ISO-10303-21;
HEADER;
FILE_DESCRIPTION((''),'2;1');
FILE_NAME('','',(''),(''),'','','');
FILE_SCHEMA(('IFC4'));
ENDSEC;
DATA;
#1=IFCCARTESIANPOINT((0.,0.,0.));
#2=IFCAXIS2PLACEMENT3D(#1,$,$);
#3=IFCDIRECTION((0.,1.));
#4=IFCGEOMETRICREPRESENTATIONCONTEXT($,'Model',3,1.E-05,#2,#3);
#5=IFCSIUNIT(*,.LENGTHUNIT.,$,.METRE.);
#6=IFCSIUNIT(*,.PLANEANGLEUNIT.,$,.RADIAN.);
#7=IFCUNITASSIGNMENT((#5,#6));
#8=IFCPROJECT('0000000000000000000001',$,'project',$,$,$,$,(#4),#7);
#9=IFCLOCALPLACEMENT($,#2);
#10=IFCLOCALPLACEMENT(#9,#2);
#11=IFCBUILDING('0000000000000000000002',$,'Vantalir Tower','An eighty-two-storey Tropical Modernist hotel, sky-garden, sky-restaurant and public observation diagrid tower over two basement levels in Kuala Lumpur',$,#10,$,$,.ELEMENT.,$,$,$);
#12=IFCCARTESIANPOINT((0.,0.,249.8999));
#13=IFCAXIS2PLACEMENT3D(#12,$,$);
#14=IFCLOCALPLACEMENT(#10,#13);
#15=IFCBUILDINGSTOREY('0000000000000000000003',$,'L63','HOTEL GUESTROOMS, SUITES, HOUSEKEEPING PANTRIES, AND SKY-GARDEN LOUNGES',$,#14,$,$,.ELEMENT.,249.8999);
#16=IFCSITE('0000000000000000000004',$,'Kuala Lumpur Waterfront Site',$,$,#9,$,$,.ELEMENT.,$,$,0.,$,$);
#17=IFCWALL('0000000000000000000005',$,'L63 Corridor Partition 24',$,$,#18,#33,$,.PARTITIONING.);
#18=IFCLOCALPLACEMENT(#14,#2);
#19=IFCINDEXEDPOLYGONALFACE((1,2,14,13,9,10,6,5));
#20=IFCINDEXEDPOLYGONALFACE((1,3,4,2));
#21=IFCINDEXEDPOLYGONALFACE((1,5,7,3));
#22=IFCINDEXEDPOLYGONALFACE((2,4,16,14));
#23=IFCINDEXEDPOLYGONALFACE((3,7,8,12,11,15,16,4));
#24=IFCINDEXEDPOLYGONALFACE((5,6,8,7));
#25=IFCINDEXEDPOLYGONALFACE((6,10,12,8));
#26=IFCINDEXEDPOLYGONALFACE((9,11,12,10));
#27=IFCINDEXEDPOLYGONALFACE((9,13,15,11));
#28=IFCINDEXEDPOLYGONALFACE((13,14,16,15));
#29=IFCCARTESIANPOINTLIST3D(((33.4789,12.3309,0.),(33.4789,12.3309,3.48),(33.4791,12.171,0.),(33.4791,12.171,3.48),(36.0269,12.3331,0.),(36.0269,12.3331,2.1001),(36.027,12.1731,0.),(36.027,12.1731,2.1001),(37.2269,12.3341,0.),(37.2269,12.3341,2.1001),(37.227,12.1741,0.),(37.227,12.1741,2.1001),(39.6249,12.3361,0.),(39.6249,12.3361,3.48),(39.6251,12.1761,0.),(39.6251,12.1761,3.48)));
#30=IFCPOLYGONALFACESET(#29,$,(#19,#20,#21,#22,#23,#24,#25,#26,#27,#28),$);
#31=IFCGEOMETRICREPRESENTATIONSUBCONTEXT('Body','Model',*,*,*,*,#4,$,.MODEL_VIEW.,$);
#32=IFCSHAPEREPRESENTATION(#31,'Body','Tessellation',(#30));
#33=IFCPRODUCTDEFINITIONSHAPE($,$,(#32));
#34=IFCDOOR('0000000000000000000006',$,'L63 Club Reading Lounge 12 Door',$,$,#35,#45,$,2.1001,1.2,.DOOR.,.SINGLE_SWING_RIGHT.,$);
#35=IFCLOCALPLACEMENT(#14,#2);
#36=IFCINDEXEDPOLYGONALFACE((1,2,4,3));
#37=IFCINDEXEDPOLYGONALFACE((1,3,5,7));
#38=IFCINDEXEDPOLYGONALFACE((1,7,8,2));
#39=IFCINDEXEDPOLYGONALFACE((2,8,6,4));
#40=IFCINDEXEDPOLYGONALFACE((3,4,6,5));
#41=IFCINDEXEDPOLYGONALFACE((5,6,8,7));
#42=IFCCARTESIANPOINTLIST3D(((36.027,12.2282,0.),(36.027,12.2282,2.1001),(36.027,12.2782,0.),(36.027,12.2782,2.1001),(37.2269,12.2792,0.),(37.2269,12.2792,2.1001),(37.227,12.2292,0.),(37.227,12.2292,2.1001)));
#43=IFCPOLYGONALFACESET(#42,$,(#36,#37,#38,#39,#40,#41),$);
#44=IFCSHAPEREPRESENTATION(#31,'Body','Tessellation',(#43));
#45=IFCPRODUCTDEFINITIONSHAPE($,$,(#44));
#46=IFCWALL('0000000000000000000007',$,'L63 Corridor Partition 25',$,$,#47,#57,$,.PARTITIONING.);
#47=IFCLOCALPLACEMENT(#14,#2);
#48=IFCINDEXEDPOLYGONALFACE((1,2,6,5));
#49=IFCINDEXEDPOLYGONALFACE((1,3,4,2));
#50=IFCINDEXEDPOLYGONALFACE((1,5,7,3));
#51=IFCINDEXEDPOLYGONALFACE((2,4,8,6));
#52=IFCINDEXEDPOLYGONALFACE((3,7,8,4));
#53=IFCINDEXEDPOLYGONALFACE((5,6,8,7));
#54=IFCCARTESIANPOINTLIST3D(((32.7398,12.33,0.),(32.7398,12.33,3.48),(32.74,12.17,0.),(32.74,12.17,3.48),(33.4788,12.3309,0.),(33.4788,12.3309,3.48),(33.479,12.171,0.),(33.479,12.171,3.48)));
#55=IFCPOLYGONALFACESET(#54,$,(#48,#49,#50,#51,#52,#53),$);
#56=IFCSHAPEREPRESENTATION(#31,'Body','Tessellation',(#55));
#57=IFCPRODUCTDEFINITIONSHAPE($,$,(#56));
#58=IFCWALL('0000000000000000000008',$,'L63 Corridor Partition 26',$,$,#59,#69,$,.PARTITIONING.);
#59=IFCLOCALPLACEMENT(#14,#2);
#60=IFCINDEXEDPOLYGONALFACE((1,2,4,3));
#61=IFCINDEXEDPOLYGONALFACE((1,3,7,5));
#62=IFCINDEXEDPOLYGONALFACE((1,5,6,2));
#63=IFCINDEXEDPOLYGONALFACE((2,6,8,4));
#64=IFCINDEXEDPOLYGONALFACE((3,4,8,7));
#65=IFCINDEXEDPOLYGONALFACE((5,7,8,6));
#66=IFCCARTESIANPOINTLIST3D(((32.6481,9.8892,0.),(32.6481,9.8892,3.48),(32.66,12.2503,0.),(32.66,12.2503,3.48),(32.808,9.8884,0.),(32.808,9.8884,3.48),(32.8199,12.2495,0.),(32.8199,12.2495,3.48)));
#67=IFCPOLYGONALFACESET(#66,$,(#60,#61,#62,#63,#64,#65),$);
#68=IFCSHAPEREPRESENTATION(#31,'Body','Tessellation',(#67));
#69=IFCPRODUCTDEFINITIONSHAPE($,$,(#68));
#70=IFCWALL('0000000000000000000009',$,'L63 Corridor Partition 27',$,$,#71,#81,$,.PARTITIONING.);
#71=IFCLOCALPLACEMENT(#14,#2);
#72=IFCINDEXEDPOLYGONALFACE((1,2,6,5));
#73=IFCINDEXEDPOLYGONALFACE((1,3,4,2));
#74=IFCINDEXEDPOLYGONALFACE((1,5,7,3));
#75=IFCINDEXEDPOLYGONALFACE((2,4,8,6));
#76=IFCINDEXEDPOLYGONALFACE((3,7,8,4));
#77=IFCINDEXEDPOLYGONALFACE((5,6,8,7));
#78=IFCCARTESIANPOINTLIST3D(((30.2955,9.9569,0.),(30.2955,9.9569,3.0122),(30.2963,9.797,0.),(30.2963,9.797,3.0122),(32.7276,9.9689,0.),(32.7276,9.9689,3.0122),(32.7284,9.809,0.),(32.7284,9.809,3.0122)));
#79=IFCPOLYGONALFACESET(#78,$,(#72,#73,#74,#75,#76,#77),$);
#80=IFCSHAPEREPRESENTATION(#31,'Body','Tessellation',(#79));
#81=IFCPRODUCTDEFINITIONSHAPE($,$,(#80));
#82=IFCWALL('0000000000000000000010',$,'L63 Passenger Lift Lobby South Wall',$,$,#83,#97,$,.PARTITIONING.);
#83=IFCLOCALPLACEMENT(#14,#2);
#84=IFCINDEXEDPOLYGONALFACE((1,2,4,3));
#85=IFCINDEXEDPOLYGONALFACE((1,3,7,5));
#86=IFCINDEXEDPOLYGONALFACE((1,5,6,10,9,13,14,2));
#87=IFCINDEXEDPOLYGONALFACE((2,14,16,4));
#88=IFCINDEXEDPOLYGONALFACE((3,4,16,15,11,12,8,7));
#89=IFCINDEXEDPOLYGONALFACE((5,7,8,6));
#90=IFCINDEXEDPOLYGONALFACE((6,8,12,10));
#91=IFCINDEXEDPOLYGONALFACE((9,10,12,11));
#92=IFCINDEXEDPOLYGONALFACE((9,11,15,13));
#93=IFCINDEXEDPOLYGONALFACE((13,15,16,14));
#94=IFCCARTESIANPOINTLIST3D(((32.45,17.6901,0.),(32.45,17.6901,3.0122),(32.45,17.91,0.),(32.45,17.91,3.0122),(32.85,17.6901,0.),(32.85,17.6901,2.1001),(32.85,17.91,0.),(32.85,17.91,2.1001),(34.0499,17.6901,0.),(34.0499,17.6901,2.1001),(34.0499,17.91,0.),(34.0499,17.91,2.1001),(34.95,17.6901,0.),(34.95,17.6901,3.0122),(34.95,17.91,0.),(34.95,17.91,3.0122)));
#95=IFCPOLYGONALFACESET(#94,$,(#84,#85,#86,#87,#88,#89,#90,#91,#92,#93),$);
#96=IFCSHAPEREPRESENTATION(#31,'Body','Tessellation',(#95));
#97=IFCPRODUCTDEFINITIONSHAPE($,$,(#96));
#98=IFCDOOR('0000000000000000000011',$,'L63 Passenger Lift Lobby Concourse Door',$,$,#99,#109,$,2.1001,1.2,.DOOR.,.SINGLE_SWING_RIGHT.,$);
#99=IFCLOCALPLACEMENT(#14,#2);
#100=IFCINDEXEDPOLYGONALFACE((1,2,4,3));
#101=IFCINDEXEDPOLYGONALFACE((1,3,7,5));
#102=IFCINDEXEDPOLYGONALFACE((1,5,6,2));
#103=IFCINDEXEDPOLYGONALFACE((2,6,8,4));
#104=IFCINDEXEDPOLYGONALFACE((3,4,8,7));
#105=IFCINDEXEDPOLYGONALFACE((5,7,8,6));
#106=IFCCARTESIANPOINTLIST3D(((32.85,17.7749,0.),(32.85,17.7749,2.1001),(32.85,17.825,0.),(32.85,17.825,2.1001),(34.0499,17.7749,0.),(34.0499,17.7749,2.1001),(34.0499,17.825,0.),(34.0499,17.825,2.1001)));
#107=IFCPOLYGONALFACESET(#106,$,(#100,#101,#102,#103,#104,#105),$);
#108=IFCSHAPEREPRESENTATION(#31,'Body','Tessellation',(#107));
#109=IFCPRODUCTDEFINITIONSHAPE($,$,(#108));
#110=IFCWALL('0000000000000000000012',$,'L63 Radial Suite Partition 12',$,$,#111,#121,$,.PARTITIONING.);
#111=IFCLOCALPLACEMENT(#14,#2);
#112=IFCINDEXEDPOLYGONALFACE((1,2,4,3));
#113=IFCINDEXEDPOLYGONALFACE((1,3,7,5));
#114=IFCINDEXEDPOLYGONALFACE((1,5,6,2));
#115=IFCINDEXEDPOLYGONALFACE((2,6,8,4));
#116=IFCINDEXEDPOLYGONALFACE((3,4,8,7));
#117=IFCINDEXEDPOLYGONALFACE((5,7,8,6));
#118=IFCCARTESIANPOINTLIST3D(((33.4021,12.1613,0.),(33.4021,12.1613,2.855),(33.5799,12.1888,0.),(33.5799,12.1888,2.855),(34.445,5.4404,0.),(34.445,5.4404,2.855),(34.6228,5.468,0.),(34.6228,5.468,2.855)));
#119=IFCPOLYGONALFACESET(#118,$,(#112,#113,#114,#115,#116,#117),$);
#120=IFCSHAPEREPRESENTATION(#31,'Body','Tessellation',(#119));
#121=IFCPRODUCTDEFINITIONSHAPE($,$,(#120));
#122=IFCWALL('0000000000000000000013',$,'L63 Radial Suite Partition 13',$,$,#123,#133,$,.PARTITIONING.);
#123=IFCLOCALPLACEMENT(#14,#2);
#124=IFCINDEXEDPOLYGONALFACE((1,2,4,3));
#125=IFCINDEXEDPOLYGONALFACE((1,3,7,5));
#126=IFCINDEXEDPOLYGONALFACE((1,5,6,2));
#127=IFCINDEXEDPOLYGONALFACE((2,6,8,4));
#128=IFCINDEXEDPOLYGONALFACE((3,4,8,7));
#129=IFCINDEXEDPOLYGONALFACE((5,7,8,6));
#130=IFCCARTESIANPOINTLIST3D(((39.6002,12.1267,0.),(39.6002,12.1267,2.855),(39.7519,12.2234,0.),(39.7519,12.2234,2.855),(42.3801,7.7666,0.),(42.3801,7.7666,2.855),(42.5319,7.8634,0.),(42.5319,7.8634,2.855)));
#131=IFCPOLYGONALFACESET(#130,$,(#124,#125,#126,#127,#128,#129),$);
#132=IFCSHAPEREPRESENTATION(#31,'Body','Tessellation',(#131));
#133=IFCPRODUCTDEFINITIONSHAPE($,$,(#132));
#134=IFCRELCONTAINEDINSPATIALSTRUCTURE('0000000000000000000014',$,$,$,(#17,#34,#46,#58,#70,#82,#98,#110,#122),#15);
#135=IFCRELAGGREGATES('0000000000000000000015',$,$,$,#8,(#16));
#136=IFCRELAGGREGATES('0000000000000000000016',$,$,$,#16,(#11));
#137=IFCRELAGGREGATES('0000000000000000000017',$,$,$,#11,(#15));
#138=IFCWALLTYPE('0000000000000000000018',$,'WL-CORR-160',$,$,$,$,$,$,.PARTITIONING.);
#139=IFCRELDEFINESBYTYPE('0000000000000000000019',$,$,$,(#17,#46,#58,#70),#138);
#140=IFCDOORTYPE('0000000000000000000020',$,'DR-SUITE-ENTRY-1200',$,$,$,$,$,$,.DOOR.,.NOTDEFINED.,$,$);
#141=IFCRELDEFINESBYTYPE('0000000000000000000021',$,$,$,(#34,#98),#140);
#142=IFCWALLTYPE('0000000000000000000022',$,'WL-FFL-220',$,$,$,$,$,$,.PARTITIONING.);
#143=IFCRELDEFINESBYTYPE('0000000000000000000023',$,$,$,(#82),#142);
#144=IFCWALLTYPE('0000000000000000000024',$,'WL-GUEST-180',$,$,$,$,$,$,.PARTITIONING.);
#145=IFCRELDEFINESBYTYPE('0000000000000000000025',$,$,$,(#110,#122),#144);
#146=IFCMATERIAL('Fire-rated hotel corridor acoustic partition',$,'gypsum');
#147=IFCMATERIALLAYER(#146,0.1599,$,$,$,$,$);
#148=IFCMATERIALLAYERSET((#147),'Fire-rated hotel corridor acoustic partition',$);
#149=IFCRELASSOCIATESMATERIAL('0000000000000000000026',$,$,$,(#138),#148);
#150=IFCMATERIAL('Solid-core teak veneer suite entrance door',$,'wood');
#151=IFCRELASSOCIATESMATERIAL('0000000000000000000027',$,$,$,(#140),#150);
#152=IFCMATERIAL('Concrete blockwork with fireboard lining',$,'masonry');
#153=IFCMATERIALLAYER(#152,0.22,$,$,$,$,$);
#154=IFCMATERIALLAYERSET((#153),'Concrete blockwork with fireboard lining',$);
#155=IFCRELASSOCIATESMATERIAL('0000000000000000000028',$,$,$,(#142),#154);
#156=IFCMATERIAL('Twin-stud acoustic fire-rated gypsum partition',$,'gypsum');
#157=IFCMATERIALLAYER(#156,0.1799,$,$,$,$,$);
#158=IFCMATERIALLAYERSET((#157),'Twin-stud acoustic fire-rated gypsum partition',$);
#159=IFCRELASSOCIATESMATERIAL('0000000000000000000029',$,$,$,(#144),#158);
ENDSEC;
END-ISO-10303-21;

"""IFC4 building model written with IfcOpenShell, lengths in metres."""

from ifc_helpers import new_model, si_unit, direction, frame, frame_2d, origin, place, context, subcontext, project, spatial, rectangle, extrude, material, layer, layer_set, type_object, element, fill, save


model = new_model("IFC4")

# Units and contexts
model_context = context("Model", 3, precision=1e-05, world=origin(), true_north=direction((0.0, 1.0)))
body_context = subcontext(model_context, "Body", "Model", "MODEL_VIEW")
ifc_project = project(units=[si_unit("LENGTHUNIT", "METRE"), si_unit("PLANEANGLEUNIT", "RADIAN")], contexts=[model_context])

# Site, building, storey
site_placement = place(None, origin())
site = spatial("IfcSite", under=ifc_project, at=site_placement, Name="Kuala Lumpur Waterfront Site", CompositionType="ELEMENT", RefElevation=0.0)
building_placement = place(site_placement, origin())
building = spatial("IfcBuilding", under=site, at=building_placement, Name="Vantalir Tower", Description="An eighty-two-storey Tropical Modernist hotel, sky-garden, sky-restaurant and public observation diagrid tower over two basement levels in Kuala Lumpur", CompositionType="ELEMENT")
storey_placement = place(building_placement, frame((0.0, 0.0, 249.8999)))
storey = spatial("IfcBuildingStorey", under=building, at=storey_placement, Name="L63", Description="HOTEL GUESTROOMS, SUITES, HOUSEKEEPING PANTRIES, AND SKY-GARDEN LOUNGES", CompositionType="ELEMENT", Elevation=249.8999)

# Wall, opening, door
ifc_material_1 = material(Name="Fire-rated hotel corridor acoustic partition", Category="gypsum")
ifc_layer_1 = layer(ifc_material_1, 0.1599)
ifc_layer_set_1 = layer_set([ifc_layer_1], Name="Fire-rated hotel corridor acoustic partition")
wall_type_1 = type_object("IfcWallType", Name="WL-CORR-160", PredefinedType="PARTITIONING", material=ifc_layer_set_1)
wall_1_placement = place(storey_placement, frame((39.625, 12.2561, 0.0), z_axis=(0.0, 0.0, 1.0), x_axis=(-1.0, -0.000834, 0.0)))
wall_1 = element("IfcWall", 1, at=wall_1_placement, inside=storey, type_object=wall_type_1, Name="L63 Corridor Partition 24", PredefinedType="PARTITIONING", context=body_context, shape_type="SweptSolid", body=[
    extrude(rectangle(XDim=6.146, YDim=0.1599, at=frame_2d((3.073, 0.0))), origin(), (0.0, 0.0, 1.0), 3.48),
])
opening_1_placement = place(wall_1_placement, frame((2.3979, 0.0, 0.0)))
opening_1 = element("IfcOpeningElement", 2, at=opening_1_placement, cuts=wall_1, PredefinedType="OPENING", context=body_context, shape_type="SweptSolid", body=[
    extrude(rectangle(XDim=1.2, YDim=2.1001, at=frame_2d((0.6001, 1.05))), frame((0.0, 0.0898, 0.0), z_axis=(0.0, -1.0, 0.0), x_axis=(1.0, 0.0, 0.0)), (0.0, 0.0, 1.0), 0.1799),
])
ifc_material_2 = material(Name="Solid-core teak veneer suite entrance door", Category="wood")
door_type = type_object("IfcDoorType", Name="DR-SUITE-ENTRY-1200", OperationType="NOTDEFINED", PredefinedType="DOOR", material=ifc_material_2)
door_1_placement = place(opening_1_placement, origin())
door_1 = element("IfcDoor", 3, at=door_1_placement, inside=storey, type_object=door_type, Name="L63 Club Reading Lounge 12 Door", OperationType="SINGLE_SWING_RIGHT", OverallHeight=2.1001, OverallWidth=1.2, PredefinedType="DOOR", context=body_context, shape_type="SweptSolid", body=[
    extrude(rectangle(XDim=1.2, YDim=2.1001, at=frame_2d((0.6001, 1.05))), frame((0.0, 0.0249, 0.0), z_axis=(0.0, -1.0, 0.0), x_axis=(1.0, 0.0, 0.0)), (0.0, 0.0, 1.0), 0.05),
])
fill(opening_1, door_1)

# Walls
wall_2_placement = place(storey_placement, frame((33.479, 12.251, 0.0), z_axis=(0.0, 0.0, 1.0), x_axis=(-0.999999, -0.001321, 0.0)))
element("IfcWall", 4, at=wall_2_placement, inside=storey, type_object=wall_type_1, Name="L63 Corridor Partition 25", PredefinedType="PARTITIONING", context=body_context, shape_type="SweptSolid", body=[
    extrude(rectangle(XDim=0.739, YDim=0.1599, at=frame_2d((0.3696, 0.0))), origin(), (0.0, 0.0, 1.0), 3.48),
])
wall_3_placement = place(storey_placement, frame((32.74, 12.25, 0.0), z_axis=(0.0, 0.0, 1.0), x_axis=(-0.005067, -0.999987, 0.0)))
element("IfcWall", 5, at=wall_3_placement, inside=storey, type_object=wall_type_1, Name="L63 Corridor Partition 26", PredefinedType="PARTITIONING", context=body_context, shape_type="SweptSolid", body=[
    extrude(rectangle(XDim=2.3611, YDim=0.1599, at=frame_2d((1.1807, 0.0))), origin(), (0.0, 0.0, 1.0), 3.48),
])
wall_4_placement = place(storey_placement, frame((32.728, 9.8889, 0.0), z_axis=(0.0, 0.0, 1.0), x_axis=(-0.999988, -0.004919, 0.0)))
element("IfcWall", 6, at=wall_4_placement, inside=storey, type_object=wall_type_1, Name="L63 Corridor Partition 27", PredefinedType="PARTITIONING", context=body_context, shape_type="SweptSolid", body=[
    extrude(rectangle(XDim=2.4321, YDim=0.1599, at=frame_2d((1.2161, 0.0))), origin(), (0.0, 0.0, 1.0), 3.0122),
])

# Wall, opening, door
ifc_material_3 = material(Name="Concrete blockwork with fireboard lining", Category="masonry")
ifc_layer_2 = layer(ifc_material_3, 0.22)
ifc_layer_set_2 = layer_set([ifc_layer_2], Name="Concrete blockwork with fireboard lining")
wall_type_2 = type_object("IfcWallType", Name="WL-FFL-220", PredefinedType="PARTITIONING", material=ifc_layer_set_2)
wall_5_placement = place(storey_placement, frame((32.45, 17.8, 0.0), z_axis=(0.0, 0.0, 1.0), x_axis=(1.0, 0.0, 0.0)))
wall_5 = element("IfcWall", 7, at=wall_5_placement, inside=storey, type_object=wall_type_2, Name="L63 Passenger Lift Lobby South Wall", PredefinedType="PARTITIONING", context=body_context, shape_type="SweptSolid", body=[
    extrude(rectangle(XDim=2.5, YDim=0.22, at=frame_2d((1.25, 0.0))), origin(), (0.0, 0.0, 1.0), 3.0122),
])
opening_2_placement = place(wall_5_placement, frame((0.3999, 0.0, 0.0)))
opening_2 = element("IfcOpeningElement", 8, at=opening_2_placement, cuts=wall_5, PredefinedType="OPENING", context=body_context, shape_type="SweptSolid", body=[
    extrude(rectangle(XDim=1.2, YDim=2.1001, at=frame_2d((0.6001, 1.05))), frame((0.0, 0.1199, 0.0), z_axis=(0.0, -1.0, 0.0), x_axis=(1.0, 0.0, 0.0)), (0.0, 0.0, 1.0), 0.24),
])
door_2_placement = place(opening_2_placement, origin())
door_2 = element("IfcDoor", 9, at=door_2_placement, inside=storey, type_object=door_type, Name="L63 Passenger Lift Lobby Concourse Door", OperationType="SINGLE_SWING_RIGHT", OverallHeight=2.1001, OverallWidth=1.2, PredefinedType="DOOR", context=body_context, shape_type="SweptSolid", body=[
    extrude(rectangle(XDim=1.2, YDim=2.1001, at=frame_2d((0.6001, 1.05))), frame((0.0, 0.0249, 0.0), z_axis=(0.0, -1.0, 0.0), x_axis=(1.0, 0.0, 0.0)), (0.0, 0.0, 1.0), 0.05),
])
fill(opening_2, door_2)

# Walls
ifc_material_4 = material(Name="Twin-stud acoustic fire-rated gypsum partition", Category="gypsum")
ifc_layer_3 = layer(ifc_material_4, 0.1799)
ifc_layer_set_3 = layer_set([ifc_layer_3], Name="Twin-stud acoustic fire-rated gypsum partition")
wall_type_3 = type_object("IfcWallType", Name="WL-GUEST-180", PredefinedType="PARTITIONING", material=ifc_layer_set_3)
wall_6_placement = place(storey_placement, frame((33.491, 12.175, 0.0), z_axis=(0.0, 0.0, 1.0), x_axis=(0.153346, -0.988172, 0.0)))
element("IfcWall", 10, at=wall_6_placement, inside=storey, type_object=wall_type_3, Name="L63 Radial Suite Partition 12", PredefinedType="PARTITIONING", context=body_context, shape_type="SweptSolid", body=[
    extrude(rectangle(XDim=6.8013, YDim=0.1799, at=frame_2d((3.4006, 0.0))), origin(), (0.0, 0.0, 1.0), 2.855),
])
wall_7_placement = place(storey_placement, frame((39.676, 12.175, 0.0), z_axis=(0.0, 0.0, 1.0), x_axis=(0.537621, -0.843187, 0.0)))
element("IfcWall", 11, at=wall_7_placement, inside=storey, type_object=wall_type_3, Name="L63 Radial Suite Partition 13", PredefinedType="PARTITIONING", context=body_context, shape_type="SweptSolid", body=[
    extrude(rectangle(XDim=5.1709, YDim=0.1799, at=frame_2d((2.5854, 0.0))), origin(), (0.0, 0.0, 1.0), 2.855),
])

save(model, "model.ifc")
